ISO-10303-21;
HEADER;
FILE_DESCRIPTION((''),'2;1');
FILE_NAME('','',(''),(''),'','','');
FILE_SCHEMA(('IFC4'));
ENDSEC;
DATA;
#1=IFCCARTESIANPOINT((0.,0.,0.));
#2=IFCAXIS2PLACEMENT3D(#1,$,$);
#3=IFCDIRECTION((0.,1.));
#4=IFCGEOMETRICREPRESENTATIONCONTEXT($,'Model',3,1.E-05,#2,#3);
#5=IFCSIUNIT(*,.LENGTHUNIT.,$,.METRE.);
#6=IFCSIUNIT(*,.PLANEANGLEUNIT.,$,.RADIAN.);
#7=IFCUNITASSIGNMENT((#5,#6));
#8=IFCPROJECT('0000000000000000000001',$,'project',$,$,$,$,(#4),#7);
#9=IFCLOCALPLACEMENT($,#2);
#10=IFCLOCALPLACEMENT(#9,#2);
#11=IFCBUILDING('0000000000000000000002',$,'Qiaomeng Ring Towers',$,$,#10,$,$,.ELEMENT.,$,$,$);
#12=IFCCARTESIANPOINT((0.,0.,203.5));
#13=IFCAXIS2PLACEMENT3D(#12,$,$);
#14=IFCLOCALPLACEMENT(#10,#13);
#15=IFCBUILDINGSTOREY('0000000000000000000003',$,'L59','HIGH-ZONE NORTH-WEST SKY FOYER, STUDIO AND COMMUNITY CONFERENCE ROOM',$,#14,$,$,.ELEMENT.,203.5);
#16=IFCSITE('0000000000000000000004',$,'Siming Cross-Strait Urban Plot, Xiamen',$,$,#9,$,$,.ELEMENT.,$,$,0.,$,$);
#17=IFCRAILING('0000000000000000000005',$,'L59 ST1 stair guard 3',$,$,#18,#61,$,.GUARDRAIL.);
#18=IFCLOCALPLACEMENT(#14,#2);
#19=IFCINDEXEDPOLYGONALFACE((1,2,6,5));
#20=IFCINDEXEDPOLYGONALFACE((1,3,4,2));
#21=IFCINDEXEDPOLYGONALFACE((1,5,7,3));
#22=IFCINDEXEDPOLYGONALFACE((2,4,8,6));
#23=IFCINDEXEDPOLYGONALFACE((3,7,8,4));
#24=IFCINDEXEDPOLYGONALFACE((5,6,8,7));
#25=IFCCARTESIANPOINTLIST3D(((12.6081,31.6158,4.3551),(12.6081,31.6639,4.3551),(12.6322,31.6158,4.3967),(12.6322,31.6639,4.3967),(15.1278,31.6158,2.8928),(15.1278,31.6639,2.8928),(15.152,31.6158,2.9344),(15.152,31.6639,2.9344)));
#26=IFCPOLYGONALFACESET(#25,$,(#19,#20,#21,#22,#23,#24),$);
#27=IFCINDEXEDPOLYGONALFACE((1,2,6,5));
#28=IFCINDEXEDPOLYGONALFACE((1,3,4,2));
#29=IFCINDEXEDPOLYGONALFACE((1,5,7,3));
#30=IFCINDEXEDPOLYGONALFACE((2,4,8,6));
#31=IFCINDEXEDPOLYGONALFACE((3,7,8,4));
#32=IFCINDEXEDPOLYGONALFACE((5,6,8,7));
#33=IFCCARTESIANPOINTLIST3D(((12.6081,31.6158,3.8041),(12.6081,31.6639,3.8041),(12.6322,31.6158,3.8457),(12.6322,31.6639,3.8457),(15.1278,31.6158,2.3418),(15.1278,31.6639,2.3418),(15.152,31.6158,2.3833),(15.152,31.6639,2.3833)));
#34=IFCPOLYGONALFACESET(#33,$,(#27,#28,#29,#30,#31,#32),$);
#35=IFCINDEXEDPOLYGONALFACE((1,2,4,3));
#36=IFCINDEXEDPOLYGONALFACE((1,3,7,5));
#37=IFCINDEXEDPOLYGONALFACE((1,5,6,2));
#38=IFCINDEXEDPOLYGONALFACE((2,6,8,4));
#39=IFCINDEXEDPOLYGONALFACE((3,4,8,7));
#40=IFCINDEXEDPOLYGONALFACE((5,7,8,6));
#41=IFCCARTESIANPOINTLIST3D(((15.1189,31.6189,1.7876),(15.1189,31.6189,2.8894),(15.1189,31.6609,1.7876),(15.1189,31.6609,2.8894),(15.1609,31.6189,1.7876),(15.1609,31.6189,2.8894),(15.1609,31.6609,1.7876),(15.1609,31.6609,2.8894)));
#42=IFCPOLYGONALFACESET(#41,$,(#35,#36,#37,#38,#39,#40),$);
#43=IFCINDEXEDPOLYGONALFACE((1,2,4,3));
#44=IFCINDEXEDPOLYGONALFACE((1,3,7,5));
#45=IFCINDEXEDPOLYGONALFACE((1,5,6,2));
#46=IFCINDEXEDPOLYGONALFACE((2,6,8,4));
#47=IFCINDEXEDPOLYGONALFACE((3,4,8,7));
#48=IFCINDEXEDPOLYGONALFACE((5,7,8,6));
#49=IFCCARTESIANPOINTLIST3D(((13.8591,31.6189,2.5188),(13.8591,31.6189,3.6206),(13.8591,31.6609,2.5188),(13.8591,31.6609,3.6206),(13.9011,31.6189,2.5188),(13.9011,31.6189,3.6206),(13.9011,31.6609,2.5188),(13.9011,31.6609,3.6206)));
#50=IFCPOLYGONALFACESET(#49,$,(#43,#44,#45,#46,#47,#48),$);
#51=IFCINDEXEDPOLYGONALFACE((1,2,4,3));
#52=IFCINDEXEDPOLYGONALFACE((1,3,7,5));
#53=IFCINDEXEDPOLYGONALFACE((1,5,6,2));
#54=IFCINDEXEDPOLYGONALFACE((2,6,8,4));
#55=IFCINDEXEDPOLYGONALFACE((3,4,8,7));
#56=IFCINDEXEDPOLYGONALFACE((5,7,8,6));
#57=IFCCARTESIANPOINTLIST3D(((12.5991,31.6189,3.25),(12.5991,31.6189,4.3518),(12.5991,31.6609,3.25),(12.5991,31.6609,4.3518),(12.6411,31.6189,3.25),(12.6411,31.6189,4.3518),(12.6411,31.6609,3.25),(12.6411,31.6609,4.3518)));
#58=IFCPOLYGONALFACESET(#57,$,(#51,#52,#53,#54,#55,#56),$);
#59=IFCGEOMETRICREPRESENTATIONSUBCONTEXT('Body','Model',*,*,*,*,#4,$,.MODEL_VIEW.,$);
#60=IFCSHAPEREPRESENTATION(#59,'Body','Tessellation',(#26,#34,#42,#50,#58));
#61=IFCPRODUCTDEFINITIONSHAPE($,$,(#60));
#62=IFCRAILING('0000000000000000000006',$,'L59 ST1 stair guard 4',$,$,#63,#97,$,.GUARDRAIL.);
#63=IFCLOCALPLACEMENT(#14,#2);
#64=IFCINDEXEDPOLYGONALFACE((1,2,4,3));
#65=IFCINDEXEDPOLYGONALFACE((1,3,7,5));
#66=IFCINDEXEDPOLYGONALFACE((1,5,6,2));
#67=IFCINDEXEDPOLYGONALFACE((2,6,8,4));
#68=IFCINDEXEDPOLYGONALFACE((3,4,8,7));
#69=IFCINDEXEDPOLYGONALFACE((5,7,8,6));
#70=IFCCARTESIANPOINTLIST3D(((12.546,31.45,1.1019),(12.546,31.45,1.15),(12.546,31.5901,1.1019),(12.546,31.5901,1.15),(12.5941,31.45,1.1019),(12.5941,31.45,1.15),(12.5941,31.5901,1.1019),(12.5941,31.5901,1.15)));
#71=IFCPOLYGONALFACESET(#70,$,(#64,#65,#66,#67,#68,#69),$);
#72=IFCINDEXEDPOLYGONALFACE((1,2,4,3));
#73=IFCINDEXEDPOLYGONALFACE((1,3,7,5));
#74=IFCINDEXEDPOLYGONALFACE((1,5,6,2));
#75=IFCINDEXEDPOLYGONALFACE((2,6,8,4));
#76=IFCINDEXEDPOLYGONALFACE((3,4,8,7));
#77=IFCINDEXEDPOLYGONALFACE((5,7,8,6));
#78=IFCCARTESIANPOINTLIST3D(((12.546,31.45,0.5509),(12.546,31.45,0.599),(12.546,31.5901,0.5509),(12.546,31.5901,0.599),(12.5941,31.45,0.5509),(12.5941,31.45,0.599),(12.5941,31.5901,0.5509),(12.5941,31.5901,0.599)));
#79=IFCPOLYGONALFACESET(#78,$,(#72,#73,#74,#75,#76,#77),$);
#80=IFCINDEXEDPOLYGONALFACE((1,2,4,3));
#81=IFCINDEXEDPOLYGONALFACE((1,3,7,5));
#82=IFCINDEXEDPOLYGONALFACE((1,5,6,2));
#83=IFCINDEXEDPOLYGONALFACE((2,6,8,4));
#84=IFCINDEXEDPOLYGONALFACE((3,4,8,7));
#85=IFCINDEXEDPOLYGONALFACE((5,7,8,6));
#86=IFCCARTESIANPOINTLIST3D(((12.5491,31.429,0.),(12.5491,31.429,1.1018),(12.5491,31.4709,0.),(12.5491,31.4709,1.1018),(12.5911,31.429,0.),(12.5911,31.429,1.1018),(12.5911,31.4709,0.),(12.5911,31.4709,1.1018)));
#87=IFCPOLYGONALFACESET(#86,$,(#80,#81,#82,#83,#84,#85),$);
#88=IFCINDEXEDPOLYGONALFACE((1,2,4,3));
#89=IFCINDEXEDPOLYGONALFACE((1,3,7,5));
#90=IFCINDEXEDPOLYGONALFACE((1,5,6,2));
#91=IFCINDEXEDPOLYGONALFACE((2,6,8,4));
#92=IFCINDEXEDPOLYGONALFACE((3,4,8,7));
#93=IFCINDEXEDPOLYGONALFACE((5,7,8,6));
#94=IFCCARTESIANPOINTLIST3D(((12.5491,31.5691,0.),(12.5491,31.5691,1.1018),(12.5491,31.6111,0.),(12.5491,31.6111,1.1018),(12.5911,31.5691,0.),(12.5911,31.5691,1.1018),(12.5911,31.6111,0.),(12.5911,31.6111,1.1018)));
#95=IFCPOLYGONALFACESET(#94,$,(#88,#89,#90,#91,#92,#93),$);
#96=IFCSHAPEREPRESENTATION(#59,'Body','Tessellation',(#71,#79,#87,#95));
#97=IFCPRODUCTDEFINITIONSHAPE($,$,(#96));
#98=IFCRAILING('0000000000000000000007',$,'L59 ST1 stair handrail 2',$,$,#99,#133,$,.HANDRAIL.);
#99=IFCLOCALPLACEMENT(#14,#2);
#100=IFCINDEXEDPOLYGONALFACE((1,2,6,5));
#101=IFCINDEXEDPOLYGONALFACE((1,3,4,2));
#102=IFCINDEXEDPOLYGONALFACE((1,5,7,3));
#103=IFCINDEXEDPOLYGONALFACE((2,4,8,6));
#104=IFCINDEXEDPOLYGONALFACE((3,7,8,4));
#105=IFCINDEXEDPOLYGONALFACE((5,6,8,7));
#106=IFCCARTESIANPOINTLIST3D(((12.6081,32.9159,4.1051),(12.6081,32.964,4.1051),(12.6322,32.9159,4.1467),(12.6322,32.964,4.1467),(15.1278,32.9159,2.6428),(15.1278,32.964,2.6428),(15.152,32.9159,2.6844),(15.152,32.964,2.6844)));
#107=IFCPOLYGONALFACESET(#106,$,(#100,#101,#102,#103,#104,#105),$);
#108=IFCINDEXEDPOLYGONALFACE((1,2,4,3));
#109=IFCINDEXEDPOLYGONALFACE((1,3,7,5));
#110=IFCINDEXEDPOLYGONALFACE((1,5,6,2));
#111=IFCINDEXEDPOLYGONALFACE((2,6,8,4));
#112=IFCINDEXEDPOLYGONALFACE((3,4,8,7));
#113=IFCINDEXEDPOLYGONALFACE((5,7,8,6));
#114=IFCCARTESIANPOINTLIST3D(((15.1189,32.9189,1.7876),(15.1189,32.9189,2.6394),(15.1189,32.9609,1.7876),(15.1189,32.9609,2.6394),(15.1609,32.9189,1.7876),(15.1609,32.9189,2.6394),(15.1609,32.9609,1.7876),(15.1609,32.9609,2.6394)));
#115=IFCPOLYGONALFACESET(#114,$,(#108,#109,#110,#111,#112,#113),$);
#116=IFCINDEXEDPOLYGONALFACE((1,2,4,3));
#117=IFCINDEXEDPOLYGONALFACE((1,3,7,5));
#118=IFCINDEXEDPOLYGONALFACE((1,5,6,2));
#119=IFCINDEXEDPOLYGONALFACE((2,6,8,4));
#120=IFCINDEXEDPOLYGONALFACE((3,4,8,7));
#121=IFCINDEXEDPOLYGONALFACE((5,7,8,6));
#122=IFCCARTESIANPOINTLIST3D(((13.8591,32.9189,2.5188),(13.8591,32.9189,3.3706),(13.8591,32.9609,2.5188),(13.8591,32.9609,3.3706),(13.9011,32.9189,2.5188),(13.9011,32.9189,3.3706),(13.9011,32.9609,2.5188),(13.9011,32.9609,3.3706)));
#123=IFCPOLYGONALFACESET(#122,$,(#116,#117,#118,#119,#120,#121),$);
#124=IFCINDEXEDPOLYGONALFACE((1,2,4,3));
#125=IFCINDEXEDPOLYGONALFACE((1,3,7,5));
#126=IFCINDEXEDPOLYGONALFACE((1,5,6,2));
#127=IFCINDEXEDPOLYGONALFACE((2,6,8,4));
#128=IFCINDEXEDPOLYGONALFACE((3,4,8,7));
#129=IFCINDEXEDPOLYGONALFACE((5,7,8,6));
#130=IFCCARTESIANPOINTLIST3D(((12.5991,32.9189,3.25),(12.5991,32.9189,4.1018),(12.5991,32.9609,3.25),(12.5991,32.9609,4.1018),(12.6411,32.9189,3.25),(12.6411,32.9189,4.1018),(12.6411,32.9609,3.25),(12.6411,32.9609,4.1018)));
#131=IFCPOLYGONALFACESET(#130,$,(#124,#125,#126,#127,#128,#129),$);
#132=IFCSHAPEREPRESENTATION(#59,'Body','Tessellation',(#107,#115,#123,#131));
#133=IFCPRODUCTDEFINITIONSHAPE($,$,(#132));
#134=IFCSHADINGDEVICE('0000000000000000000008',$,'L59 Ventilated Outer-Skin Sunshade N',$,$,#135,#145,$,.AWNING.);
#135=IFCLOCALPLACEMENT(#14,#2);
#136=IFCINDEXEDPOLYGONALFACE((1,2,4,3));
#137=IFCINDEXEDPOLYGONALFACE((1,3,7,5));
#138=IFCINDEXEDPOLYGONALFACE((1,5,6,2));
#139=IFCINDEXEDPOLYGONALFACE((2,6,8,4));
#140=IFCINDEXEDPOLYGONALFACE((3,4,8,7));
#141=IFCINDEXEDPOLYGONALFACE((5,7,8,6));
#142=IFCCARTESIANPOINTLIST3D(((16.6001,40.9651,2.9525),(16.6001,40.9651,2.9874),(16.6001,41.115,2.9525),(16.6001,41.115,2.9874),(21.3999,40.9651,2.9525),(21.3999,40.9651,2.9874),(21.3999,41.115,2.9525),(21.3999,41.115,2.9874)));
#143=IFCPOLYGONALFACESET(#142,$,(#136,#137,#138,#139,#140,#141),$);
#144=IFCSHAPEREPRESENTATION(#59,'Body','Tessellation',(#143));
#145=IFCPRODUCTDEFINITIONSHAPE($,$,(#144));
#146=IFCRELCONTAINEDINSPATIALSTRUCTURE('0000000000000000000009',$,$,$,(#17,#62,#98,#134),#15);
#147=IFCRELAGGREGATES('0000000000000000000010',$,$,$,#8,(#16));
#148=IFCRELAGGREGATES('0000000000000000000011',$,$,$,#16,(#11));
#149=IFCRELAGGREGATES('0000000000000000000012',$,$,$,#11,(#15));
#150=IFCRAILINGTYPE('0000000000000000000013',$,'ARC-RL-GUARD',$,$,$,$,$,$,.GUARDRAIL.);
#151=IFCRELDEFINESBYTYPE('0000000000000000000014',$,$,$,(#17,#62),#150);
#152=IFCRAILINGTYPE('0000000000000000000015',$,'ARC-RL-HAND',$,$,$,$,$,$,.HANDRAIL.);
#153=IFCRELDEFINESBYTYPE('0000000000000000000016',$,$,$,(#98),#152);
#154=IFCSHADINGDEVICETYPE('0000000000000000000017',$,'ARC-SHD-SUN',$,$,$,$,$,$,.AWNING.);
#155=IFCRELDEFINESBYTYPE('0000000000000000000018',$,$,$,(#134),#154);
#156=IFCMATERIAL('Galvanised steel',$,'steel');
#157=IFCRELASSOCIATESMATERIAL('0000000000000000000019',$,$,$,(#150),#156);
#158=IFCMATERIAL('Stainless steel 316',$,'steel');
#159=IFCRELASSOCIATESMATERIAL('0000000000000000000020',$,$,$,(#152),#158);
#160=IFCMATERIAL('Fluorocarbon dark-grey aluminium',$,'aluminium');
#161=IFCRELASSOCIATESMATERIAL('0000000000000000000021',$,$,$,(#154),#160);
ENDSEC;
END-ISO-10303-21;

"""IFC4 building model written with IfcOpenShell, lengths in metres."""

from ifc_helpers import new_model, si_unit, direction, frame, origin, origin_2d, place, context, subcontext, project, spatial, rectangle, extrude, source, transform, mapped, material, material_profile, profile_set, type_object, element, save


model = new_model("IFC4")

# Units and contexts
model_context = context("Model", 3, precision=1e-05, world=origin(), true_north=direction((0.0, 1.0)))
body_context = subcontext(model_context, "Body", "Model", "MODEL_VIEW")
ifc_project = project(units=[si_unit("LENGTHUNIT", "METRE"), si_unit("PLANEANGLEUNIT", "RADIAN")], contexts=[model_context])

# Site, building, storey
site_placement = place(None, origin())
site = spatial("IfcSite", under=ifc_project, at=site_placement, Name="Siming Cross-Strait Urban Plot, Xiamen", CompositionType="ELEMENT", RefElevation=0.0)
building_placement = place(site_placement, origin())
building = spatial("IfcBuilding", under=site, at=building_placement, Name="Qiaomeng Ring Towers", CompositionType="ELEMENT")
storey_placement = place(building_placement, frame((0.0, 0.0, 203.5)))
storey = spatial("IfcBuildingStorey", under=building, at=storey_placement, Name="L59", Description="HIGH-ZONE NORTH-WEST SKY FOYER, STUDIO AND COMMUNITY CONFERENCE ROOM", CompositionType="ELEMENT", Elevation=203.5)

# Shared definitions
ifc_material_1 = material(Name="Galvanised steel", Category="steel")

# Railings
railing_type_1 = type_object("IfcRailingType", Name="ARC-RL-GUARD", PredefinedType="GUARDRAIL", material=ifc_material_1)
railing_1_placement = place(storey_placement, frame((15.1399, 31.6399, 1.7876)))
element("IfcRailing", 1, at=railing_1_placement, inside=storey, type_object=railing_type_1, Name="L59 ST1 stair guard 3", PredefinedType="GUARDRAIL", context=body_context, shape_type="SweptSolid", body=[
    extrude(rectangle(XDim=0.0481, YDim=0.0481, at=origin_2d()), frame((0.0, 0.0, 1.126), z_axis=(-0.864892, 0.0, 0.501958), x_axis=(0.0, -1.0, 0.0)), (0.0, 0.0, 1.0), 2.9133),
    extrude(rectangle(XDim=0.0481, YDim=0.0481, at=origin_2d()), frame((0.0, 0.0, 0.575), z_axis=(-0.864892, 0.0, 0.501958), x_axis=(0.0, -1.0, 0.0)), (0.0, 0.0, 1.0), 2.9133),
    extrude(rectangle(XDim=0.042, YDim=0.042, at=origin_2d()), origin(), (0.0, 0.0, 1.0), 1.1018),
    extrude(rectangle(XDim=0.042, YDim=0.042, at=origin_2d()), frame((-1.2598, 0.0, 0.7312)), (0.0, 0.0, 1.0), 1.1018),
    extrude(rectangle(XDim=0.042, YDim=0.042, at=origin_2d()), frame((-2.5198, 0.0, 1.4624)), (0.0, 0.0, 1.0), 1.1018),
])
railing_2_placement = place(storey_placement, frame((12.5701, 31.45, 0.0)))
element("IfcRailing", 2, at=railing_2_placement, inside=storey, type_object=railing_type_1, Name="L59 ST1 stair guard 4", PredefinedType="GUARDRAIL", context=body_context, shape_type="SweptSolid", body=[
    extrude(rectangle(XDim=0.0481, YDim=0.0481, at=origin_2d()), frame((0.0, 0.0, 1.126), z_axis=(0.0, 1.0, 0.0), x_axis=(-1.0, 0.0, 0.0)), (0.0, 0.0, 1.0), 0.1401),
    extrude(rectangle(XDim=0.0481, YDim=0.0481, at=origin_2d()), frame((0.0, 0.0, 0.575), z_axis=(0.0, 1.0, 0.0), x_axis=(-1.0, 0.0, 0.0)), (0.0, 0.0, 1.0), 0.1401),
    extrude(rectangle(XDim=0.042, YDim=0.042, at=origin_2d()), origin(), (0.0, 0.0, 1.0), 1.1018),
    extrude(rectangle(XDim=0.042, YDim=0.042, at=origin_2d()), frame((0.0, 0.1401, 0.0)), (0.0, 0.0, 1.0), 1.1018),
])
ifc_material_2 = material(Name="Stainless steel 316", Category="steel")
railing_type_2 = type_object("IfcRailingType", Name="ARC-RL-HAND", PredefinedType="HANDRAIL", material=ifc_material_2)
railing_3_placement = place(storey_placement, frame((15.1399, 32.9399, 1.7876)))
element("IfcRailing", 3, at=railing_3_placement, inside=storey, type_object=railing_type_2, Name="L59 ST1 stair handrail 2", PredefinedType="HANDRAIL", context=body_context, shape_type="SweptSolid", body=[
    extrude(rectangle(XDim=0.0481, YDim=0.0481, at=origin_2d()), frame((0.0, 0.0, 0.876), z_axis=(-0.864892, 0.0, 0.501958), x_axis=(0.0, -1.0, 0.0)), (0.0, 0.0, 1.0), 2.9133),
    extrude(rectangle(XDim=0.042, YDim=0.042, at=origin_2d()), origin(), (0.0, 0.0, 1.0), 0.8518),
    extrude(rectangle(XDim=0.042, YDim=0.042, at=origin_2d()), frame((-1.2598, 0.0, 0.7312)), (0.0, 0.0, 1.0), 0.8518),
    extrude(rectangle(XDim=0.042, YDim=0.042, at=origin_2d()), frame((-2.5198, 0.0, 1.4624)), (0.0, 0.0, 1.0), 0.8518),
])

# Shading device
ifc_material_3 = material(Name="Fluorocarbon dark-grey aluminium", Category="aluminium")
ifc_material_profile_1 = material_profile(ifc_material_3, rectangle(XDim=0.1499, YDim=0.0349, at=origin_2d()), Name="LV BLADE 150x35")
ifc_profile_set_1 = profile_set([ifc_material_profile_1], Name="Fluorocarbon dark-grey aluminium")
shading_device_type = type_object("IfcShadingDeviceType", Name="ARC-SHD-SUN", PredefinedType="AWNING", material=ifc_profile_set_1)
shared_shape_1 = source(origin(), body_context, "Body", "SweptSolid", [
    extrude(rectangle(XDim=0.1499, YDim=0.0349, at=origin_2d()), origin(), (0.0, 0.0, 1.0), 4.7998),
])
shading_device_placement = place(storey_placement, frame((16.6001, 41.04, 2.97), z_axis=(1.0, 0.0, 0.0), x_axis=(0.0, 1.0, 0.0)))
element("IfcShadingDevice", 4, at=shading_device_placement, inside=storey, type_object=shading_device_type, Name="L59 Ventilated Outer-Skin Sunshade N", PredefinedType="AWNING", context=body_context, shape_type="MappedRepresentation", body=[
    mapped(shared_shape_1, transform((0.0, 0.0, 0.0), x_axis=(1.0, 0.0, 0.0), y_axis=(0.0, 1.0, 0.0), z_axis=(0.0, 0.0, 1.0), scale=1.0)),
])

save(model, "model.ifc")
